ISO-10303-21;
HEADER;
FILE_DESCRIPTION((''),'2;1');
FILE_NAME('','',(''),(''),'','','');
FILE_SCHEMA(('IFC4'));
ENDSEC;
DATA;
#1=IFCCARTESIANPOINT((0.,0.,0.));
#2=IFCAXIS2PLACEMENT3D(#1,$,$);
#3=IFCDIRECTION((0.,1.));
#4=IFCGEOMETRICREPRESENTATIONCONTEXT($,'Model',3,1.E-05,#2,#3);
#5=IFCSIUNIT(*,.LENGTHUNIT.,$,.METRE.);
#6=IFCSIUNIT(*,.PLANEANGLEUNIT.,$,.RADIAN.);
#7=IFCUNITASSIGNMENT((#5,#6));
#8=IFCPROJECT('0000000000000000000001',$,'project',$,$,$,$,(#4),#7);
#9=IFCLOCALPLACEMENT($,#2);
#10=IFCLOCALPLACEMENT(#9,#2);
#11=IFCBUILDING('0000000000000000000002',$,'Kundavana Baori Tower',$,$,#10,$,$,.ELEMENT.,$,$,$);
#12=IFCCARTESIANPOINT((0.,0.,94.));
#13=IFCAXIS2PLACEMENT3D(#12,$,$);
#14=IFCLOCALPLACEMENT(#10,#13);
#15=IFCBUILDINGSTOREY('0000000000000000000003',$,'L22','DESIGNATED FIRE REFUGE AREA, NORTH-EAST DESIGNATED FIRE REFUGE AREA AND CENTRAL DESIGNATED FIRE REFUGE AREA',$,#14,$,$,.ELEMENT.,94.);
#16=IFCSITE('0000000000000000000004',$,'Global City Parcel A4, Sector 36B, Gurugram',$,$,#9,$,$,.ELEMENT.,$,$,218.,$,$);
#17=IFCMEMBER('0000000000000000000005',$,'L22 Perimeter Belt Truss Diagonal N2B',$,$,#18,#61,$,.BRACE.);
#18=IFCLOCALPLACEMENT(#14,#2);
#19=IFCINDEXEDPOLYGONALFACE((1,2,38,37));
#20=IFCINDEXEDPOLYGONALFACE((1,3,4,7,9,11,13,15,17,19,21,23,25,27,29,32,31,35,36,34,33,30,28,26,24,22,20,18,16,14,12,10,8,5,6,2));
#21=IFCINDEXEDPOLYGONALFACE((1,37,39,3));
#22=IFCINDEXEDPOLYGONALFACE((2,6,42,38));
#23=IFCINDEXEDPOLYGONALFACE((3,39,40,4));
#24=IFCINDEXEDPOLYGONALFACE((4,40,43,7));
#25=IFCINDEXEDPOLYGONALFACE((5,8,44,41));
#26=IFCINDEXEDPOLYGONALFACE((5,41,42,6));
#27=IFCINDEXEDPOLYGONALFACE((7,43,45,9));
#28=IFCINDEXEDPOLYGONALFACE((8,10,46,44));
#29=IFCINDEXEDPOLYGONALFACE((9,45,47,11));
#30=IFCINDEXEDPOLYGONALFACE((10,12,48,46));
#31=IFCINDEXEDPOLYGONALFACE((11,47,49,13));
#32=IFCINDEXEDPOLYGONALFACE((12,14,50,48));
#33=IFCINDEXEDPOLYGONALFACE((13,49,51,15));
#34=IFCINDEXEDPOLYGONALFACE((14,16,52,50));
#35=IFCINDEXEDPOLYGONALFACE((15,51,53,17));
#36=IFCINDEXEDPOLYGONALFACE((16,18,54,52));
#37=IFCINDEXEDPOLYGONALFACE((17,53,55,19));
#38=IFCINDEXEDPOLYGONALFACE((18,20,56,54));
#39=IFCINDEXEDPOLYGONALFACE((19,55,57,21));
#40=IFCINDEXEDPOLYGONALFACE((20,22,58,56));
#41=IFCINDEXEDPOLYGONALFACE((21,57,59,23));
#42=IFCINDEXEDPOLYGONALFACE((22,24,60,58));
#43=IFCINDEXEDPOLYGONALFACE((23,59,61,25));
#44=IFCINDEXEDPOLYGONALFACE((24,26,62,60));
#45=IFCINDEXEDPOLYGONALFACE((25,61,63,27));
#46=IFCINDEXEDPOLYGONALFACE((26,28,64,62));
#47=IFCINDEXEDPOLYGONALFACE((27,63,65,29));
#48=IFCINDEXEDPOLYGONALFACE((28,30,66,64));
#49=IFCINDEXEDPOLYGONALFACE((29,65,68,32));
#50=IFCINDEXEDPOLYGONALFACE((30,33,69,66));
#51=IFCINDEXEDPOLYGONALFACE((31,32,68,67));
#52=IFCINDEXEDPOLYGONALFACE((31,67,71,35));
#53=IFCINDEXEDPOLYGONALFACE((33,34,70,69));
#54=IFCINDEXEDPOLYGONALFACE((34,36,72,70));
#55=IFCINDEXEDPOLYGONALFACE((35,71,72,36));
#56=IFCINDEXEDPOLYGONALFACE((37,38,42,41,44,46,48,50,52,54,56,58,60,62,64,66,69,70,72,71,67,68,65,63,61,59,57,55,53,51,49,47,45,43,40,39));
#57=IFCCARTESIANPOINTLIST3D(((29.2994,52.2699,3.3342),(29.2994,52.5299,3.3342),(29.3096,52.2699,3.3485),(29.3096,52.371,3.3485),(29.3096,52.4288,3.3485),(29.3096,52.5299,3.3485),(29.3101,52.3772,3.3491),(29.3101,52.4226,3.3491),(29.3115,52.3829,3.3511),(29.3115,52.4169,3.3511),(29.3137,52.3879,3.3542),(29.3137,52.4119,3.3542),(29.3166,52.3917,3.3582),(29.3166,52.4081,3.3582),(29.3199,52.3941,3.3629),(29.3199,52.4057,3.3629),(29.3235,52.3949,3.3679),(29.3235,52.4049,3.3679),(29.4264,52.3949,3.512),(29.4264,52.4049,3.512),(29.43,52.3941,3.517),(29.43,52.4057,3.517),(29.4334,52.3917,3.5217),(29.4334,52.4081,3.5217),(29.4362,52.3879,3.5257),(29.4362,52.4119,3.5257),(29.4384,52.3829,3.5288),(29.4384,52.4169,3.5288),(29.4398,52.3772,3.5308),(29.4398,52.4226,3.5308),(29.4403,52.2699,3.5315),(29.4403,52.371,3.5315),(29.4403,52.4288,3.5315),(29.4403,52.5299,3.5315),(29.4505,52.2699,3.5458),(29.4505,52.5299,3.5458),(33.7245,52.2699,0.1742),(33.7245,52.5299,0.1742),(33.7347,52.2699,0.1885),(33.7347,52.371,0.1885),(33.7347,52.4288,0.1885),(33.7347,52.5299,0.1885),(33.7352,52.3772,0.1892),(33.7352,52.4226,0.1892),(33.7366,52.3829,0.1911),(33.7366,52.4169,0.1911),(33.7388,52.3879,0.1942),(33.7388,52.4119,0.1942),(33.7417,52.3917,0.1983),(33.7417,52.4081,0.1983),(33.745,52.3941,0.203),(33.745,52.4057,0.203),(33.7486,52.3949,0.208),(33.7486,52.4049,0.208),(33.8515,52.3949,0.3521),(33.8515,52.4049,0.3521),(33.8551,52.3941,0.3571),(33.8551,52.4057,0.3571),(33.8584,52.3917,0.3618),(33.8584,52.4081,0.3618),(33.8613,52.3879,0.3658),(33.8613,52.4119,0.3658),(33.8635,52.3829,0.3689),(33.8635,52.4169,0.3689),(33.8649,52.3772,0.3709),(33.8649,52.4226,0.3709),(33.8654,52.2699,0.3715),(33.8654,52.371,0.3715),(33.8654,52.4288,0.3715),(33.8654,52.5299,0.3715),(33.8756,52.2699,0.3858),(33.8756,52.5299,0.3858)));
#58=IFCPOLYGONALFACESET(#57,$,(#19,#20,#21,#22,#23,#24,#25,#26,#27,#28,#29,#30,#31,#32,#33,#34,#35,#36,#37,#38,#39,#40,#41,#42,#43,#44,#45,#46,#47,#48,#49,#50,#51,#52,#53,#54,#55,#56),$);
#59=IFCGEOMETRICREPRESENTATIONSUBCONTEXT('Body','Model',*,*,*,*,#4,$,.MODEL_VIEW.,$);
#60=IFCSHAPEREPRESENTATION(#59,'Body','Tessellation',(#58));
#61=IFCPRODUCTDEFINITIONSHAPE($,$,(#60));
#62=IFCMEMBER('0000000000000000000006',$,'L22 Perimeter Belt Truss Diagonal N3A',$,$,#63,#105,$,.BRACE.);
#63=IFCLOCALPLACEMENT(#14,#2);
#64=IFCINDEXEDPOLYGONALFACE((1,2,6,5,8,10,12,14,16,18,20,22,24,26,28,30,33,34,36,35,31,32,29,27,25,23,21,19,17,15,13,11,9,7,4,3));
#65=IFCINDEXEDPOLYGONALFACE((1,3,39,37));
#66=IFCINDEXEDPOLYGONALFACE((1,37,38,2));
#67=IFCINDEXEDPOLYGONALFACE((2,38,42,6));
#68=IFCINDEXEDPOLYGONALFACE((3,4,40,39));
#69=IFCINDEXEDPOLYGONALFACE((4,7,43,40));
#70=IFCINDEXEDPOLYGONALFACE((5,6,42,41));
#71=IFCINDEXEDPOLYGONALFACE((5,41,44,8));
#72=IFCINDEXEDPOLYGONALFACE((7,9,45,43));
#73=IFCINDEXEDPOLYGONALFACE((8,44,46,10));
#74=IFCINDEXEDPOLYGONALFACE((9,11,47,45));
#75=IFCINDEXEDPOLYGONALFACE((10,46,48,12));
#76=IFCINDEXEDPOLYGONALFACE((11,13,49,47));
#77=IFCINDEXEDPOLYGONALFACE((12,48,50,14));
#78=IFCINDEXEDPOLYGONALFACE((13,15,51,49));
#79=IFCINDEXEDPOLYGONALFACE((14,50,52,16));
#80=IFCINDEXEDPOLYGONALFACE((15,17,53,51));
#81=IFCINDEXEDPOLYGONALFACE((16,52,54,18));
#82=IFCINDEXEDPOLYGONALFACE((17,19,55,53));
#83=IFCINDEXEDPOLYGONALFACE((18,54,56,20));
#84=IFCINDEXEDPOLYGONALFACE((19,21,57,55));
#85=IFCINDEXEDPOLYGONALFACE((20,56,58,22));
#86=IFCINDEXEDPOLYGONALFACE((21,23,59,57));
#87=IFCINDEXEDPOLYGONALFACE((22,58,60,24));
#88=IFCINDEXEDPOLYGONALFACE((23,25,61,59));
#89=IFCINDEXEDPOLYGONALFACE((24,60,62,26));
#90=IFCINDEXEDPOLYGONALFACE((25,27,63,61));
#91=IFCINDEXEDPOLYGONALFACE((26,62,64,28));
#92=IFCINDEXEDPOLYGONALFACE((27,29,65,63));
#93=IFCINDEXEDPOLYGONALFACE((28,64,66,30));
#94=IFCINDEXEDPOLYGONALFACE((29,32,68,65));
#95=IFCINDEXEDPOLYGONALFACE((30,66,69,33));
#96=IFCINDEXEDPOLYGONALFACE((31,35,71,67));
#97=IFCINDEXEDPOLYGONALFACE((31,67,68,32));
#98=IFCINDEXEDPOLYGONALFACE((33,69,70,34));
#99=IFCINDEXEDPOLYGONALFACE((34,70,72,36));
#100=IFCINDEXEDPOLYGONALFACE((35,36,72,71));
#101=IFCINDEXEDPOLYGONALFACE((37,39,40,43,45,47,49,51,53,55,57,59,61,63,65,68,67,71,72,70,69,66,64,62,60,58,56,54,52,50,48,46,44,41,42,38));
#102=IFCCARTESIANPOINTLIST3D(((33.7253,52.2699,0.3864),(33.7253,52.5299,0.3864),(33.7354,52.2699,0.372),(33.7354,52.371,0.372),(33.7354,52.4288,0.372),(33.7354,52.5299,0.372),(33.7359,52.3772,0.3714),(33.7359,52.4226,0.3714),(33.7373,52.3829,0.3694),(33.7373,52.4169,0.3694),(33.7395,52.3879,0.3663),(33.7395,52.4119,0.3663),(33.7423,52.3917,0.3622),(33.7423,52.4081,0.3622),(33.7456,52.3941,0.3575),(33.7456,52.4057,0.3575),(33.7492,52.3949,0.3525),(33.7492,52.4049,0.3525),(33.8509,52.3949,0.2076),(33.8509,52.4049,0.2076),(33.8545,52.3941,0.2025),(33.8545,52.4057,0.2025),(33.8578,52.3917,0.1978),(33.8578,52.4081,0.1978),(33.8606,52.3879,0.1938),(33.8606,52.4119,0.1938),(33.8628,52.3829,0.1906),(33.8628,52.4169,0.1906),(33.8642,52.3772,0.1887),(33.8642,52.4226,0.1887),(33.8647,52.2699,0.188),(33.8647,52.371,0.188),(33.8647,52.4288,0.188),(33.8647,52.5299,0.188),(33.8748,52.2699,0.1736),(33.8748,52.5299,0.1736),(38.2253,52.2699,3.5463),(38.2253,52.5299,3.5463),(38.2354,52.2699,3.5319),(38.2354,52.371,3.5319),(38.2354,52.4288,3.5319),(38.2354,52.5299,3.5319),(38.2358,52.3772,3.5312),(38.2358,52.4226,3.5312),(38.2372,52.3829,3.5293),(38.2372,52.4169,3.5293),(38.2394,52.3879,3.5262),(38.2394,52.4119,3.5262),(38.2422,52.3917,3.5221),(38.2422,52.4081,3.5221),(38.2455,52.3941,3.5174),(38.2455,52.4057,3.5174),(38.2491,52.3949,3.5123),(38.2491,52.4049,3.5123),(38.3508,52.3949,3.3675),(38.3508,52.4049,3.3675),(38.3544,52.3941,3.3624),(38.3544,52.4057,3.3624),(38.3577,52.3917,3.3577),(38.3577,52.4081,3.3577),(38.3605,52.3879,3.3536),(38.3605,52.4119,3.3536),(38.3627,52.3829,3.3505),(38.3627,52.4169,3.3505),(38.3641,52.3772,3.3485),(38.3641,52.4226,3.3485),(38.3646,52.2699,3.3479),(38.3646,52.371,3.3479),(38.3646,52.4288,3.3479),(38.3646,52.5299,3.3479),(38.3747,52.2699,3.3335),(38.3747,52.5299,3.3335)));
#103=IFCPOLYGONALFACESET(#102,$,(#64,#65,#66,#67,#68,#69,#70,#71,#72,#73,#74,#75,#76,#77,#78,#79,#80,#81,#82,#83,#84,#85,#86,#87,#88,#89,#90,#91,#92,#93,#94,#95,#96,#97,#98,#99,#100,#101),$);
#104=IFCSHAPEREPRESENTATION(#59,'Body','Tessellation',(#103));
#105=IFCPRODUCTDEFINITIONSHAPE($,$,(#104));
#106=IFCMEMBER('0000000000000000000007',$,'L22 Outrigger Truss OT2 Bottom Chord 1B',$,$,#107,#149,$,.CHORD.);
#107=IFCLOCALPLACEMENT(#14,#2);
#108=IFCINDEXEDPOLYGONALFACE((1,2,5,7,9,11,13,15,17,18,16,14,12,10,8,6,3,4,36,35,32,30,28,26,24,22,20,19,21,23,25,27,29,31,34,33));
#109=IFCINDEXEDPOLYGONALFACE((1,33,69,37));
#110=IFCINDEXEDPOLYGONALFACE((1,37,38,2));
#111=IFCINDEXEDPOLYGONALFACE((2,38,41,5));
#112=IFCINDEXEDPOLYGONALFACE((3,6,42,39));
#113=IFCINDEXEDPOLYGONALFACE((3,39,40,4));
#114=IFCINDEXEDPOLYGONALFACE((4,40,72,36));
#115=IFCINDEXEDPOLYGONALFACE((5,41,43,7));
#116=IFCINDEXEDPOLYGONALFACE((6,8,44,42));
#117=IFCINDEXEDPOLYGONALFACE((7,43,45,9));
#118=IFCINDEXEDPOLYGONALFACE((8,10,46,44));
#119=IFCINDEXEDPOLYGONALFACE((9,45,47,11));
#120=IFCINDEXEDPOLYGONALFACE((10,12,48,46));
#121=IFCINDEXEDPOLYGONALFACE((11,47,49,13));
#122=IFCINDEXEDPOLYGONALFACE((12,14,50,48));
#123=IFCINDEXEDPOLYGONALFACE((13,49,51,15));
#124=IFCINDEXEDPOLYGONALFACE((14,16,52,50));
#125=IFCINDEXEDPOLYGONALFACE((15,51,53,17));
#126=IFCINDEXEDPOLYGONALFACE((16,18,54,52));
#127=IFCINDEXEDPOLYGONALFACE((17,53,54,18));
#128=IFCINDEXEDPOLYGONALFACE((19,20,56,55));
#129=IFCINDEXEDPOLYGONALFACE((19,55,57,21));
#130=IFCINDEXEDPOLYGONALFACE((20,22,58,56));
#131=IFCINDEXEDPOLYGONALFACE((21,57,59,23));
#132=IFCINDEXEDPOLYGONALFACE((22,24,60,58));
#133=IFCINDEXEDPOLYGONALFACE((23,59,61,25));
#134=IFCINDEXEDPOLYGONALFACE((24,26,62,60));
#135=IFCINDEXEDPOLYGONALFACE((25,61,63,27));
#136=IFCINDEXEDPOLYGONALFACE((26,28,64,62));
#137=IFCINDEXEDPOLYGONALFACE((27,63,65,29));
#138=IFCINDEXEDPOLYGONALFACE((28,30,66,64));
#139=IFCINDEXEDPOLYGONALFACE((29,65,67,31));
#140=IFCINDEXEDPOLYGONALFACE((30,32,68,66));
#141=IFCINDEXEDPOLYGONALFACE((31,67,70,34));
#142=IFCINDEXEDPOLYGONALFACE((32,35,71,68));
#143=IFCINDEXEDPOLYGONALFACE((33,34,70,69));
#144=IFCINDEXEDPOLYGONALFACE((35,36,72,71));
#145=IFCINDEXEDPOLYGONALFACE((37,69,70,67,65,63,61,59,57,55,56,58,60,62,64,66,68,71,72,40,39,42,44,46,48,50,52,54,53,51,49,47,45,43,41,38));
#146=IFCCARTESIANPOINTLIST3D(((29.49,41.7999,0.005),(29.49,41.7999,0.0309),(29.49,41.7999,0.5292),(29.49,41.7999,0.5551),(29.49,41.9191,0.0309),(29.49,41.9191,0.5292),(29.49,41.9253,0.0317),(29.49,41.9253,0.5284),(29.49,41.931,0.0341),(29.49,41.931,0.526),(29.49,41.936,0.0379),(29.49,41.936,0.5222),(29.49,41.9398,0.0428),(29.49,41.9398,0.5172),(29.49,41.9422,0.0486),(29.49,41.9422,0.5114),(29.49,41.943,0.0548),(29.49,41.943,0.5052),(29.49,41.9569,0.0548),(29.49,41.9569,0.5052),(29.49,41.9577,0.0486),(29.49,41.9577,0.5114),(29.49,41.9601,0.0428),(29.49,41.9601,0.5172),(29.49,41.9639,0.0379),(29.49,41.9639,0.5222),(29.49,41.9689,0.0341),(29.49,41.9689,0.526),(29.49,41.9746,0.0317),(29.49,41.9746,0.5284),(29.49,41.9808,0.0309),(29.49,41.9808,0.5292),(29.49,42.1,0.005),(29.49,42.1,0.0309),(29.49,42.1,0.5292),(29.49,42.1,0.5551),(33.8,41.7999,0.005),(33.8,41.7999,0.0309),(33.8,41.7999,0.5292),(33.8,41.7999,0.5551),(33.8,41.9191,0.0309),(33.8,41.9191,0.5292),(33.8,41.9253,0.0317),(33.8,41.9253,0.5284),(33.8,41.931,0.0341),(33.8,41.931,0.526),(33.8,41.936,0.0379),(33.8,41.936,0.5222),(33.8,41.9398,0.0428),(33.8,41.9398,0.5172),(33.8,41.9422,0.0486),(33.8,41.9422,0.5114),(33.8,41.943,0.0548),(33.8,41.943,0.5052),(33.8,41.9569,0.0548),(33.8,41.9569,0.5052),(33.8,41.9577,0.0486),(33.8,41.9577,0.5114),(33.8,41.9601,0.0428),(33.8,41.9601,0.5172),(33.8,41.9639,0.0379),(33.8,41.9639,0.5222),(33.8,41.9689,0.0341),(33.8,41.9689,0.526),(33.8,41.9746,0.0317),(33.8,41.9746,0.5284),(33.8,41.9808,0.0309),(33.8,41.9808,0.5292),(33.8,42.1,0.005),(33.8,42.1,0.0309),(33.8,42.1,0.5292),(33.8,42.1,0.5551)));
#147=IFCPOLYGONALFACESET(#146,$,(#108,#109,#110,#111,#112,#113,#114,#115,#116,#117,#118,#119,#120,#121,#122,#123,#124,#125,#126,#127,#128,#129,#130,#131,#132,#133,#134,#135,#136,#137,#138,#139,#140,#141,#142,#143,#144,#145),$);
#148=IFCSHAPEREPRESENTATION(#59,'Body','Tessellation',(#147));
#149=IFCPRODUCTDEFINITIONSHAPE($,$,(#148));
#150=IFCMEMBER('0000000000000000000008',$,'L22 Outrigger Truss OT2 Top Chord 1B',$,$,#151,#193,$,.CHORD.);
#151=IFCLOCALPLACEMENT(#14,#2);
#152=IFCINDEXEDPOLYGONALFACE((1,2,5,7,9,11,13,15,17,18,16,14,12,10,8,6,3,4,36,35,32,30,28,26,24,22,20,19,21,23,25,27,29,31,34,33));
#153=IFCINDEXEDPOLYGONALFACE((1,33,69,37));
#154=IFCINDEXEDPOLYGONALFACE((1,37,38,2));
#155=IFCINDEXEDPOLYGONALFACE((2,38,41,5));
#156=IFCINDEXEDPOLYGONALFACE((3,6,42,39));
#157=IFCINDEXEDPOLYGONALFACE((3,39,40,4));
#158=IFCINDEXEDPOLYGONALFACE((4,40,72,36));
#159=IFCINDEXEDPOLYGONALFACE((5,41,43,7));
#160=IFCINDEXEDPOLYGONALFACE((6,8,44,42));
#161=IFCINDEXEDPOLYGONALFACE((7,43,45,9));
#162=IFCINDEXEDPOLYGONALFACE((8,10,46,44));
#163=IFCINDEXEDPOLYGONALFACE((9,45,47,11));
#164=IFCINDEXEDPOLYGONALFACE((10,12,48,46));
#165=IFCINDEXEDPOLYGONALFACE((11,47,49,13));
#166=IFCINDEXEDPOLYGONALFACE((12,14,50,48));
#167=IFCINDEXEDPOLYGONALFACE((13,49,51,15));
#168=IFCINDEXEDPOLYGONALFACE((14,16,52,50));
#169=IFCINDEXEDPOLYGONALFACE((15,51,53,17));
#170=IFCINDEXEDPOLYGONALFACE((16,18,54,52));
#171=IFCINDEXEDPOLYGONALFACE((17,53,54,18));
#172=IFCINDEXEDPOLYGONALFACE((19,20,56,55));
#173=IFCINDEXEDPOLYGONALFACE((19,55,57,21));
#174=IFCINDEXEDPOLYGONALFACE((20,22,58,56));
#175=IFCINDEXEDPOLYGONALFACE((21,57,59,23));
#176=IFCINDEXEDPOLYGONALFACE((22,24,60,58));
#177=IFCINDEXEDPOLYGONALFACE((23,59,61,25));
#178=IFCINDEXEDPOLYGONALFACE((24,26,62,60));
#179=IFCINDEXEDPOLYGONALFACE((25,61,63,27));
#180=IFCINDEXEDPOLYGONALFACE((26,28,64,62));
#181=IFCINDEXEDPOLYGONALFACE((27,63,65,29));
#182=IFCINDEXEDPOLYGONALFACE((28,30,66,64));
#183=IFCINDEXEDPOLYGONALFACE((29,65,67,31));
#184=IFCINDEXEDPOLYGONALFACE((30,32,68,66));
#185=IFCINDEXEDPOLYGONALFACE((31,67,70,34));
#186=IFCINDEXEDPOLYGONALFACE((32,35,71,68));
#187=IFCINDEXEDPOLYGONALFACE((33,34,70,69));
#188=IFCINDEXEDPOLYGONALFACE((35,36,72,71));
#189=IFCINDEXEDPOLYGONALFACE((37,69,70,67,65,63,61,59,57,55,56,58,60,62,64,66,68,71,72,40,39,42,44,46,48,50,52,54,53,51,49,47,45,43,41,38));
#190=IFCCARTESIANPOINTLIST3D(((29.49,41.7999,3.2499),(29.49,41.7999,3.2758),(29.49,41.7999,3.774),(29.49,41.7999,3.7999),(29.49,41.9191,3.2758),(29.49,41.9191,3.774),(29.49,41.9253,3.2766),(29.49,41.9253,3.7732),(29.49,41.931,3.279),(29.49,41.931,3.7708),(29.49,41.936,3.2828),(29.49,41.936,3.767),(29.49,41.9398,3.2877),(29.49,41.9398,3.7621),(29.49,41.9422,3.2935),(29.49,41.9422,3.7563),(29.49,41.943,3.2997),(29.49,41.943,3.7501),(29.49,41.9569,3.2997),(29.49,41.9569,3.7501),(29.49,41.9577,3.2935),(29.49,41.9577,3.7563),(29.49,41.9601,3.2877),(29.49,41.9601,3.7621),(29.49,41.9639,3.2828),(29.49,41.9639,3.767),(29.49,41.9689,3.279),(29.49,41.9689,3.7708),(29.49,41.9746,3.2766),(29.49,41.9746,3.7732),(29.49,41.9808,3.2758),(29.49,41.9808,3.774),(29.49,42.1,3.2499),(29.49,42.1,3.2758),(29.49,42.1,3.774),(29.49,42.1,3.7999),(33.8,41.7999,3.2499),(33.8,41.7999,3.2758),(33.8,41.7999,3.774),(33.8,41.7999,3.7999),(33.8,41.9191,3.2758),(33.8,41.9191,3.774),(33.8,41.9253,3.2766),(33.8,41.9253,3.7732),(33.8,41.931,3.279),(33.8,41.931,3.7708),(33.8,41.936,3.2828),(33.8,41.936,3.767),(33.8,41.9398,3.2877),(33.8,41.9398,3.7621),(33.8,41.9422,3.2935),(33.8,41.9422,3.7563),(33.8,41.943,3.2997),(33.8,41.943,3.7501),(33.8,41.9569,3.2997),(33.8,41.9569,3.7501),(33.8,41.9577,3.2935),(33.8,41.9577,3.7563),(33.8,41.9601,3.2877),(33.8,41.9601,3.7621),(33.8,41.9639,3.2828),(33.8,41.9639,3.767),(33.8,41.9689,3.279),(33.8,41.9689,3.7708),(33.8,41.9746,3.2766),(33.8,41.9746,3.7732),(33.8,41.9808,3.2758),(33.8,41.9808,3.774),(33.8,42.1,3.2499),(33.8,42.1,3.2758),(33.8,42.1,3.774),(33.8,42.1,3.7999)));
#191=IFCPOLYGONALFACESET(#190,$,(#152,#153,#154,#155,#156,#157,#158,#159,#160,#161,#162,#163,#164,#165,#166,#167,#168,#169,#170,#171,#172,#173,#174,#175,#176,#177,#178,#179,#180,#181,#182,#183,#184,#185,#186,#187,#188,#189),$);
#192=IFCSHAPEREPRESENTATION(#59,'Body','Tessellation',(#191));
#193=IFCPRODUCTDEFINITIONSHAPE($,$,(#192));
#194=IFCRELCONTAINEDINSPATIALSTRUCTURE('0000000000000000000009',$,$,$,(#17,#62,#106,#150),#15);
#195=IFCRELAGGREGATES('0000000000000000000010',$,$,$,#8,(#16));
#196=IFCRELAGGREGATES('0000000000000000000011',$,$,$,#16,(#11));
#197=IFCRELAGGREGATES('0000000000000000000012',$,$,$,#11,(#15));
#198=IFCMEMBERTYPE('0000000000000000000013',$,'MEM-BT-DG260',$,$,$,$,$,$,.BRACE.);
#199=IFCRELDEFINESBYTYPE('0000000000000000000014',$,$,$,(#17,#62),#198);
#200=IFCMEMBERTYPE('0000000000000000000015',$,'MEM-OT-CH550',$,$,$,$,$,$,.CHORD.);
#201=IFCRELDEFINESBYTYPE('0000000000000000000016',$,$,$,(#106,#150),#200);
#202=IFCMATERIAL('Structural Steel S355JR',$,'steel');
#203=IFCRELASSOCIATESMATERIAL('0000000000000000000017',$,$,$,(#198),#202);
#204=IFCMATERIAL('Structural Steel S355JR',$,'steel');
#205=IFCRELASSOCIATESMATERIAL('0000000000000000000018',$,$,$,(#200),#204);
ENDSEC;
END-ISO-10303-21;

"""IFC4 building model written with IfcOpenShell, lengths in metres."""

from ifc_helpers import new_model, si_unit, direction, frame, origin, origin_2d, place, context, subcontext, project, spatial, i_section, extrude, material, material_profile, profile_set, type_object, element, save


model = new_model("IFC4")

# Units and contexts
model_context = context("Model", 3, precision=1e-05, world=origin(), true_north=direction((0.0, 1.0)))
body_context = subcontext(model_context, "Body", "Model", "MODEL_VIEW")
ifc_project = project(units=[si_unit("LENGTHUNIT", "METRE"), si_unit("PLANEANGLEUNIT", "RADIAN")], contexts=[model_context])

# Site, building, storey
site_placement = place(None, origin())
site = spatial("IfcSite", under=ifc_project, at=site_placement, Name="Global City Parcel A4, Sector 36B, Gurugram", CompositionType="ELEMENT", RefElevation=218.0)
building_placement = place(site_placement, origin())
building = spatial("IfcBuilding", under=site, at=building_placement, Name="Kundavana Baori Tower", CompositionType="ELEMENT")
storey_placement = place(building_placement, frame((0.0, 0.0, 94.0)))
storey = spatial("IfcBuildingStorey", under=building, at=storey_placement, Name="L22", Description="DESIGNATED FIRE REFUGE AREA, NORTH-EAST DESIGNATED FIRE REFUGE AREA AND CENTRAL DESIGNATED FIRE REFUGE AREA", CompositionType="ELEMENT", Elevation=94.0)

# Members
ifc_material_1 = material(Name="Structural Steel S355JR", Category="steel")
ifc_material_profile_1 = material_profile(ifc_material_1, i_section(OverallWidth=0.26, OverallDepth=0.26, WebThickness=0.01, FlangeThickness=0.0176, FilletRadius=0.0239, at=origin_2d()), Name="WPB 260x260x93")
ifc_profile_set_1 = profile_set([ifc_material_profile_1], Name="Structural Steel S355JR")
member_type_1 = type_object("IfcMemberType", Name="MEM-BT-DG260", PredefinedType="BRACE", material=ifc_profile_set_1)
member_1_placement = place(storey_placement, frame((33.8, 52.3999, 0.28), z_axis=(-0.813806, 0.0, 0.581136), x_axis=(0.0, -1.0, 0.0)))
element("IfcMember", 1, at=member_1_placement, inside=storey, type_object=member_type_1, Name="L22 Perimeter Belt Truss Diagonal N2B", PredefinedType="BRACE", context=body_context, shape_type="SweptSolid", body=[
    extrude(i_section(OverallWidth=0.26, OverallDepth=0.26, WebThickness=0.01, FlangeThickness=0.0176, FilletRadius=0.0239, at=origin_2d()), origin(), (0.0, 0.0, 1.0), 5.4375),
])
member_2_placement = place(storey_placement, frame((33.8, 52.3999, 0.28), z_axis=(0.818384, 0.0, 0.574672), x_axis=(0.0, 1.0, 0.0)))
element("IfcMember", 2, at=member_2_placement, inside=storey, type_object=member_type_1, Name="L22 Perimeter Belt Truss Diagonal N3A", PredefinedType="BRACE", context=body_context, shape_type="SweptSolid", body=[
    extrude(i_section(OverallWidth=0.26, OverallDepth=0.26, WebThickness=0.01, FlangeThickness=0.0176, FilletRadius=0.0239, at=origin_2d()), origin(), (0.0, 0.0, 1.0), 5.4985),
])
ifc_material_2 = material(Name="Structural Steel S355JR", Category="steel")
ifc_material_profile_2 = material_profile(ifc_material_2, i_section(OverallWidth=0.3, OverallDepth=0.55, WebThickness=0.0139, FlangeThickness=0.0259, FilletRadius=0.0239, at=origin_2d()), Name="WPB 550x300x166")
ifc_profile_set_2 = profile_set([ifc_material_profile_2], Name="Structural Steel S355JR")
member_type_2 = type_object("IfcMemberType", Name="MEM-OT-CH550", PredefinedType="CHORD", material=ifc_profile_set_2)
for number, where, z_axis, x_axis, name in (
    (3, (29.49, 41.95, 0.28), (1.0, 0.0, 0.0), (0.0, 1.0, 0.0), "L22 Outrigger Truss OT2 Bottom Chord 1B"),
    (4, (29.49, 41.95, 3.5249), (1.0, 0.0, 0.0), (0.0, 1.0, 0.0), "L22 Outrigger Truss OT2 Top Chord 1B"),
):
    element("IfcMember", number, at=place(storey_placement, frame(where, z_axis=z_axis, x_axis=x_axis)), inside=storey, type_object=member_type_2, Name=name, PredefinedType="CHORD", context=body_context, shape_type="SweptSolid", body=[
        extrude(i_section(OverallWidth=0.3, OverallDepth=0.55, WebThickness=0.0139, FlangeThickness=0.0259, FilletRadius=0.0239, at=origin_2d()), origin(), (0.0, 0.0, 1.0), 4.3101),
    ])

save(model, "model.ifc")
